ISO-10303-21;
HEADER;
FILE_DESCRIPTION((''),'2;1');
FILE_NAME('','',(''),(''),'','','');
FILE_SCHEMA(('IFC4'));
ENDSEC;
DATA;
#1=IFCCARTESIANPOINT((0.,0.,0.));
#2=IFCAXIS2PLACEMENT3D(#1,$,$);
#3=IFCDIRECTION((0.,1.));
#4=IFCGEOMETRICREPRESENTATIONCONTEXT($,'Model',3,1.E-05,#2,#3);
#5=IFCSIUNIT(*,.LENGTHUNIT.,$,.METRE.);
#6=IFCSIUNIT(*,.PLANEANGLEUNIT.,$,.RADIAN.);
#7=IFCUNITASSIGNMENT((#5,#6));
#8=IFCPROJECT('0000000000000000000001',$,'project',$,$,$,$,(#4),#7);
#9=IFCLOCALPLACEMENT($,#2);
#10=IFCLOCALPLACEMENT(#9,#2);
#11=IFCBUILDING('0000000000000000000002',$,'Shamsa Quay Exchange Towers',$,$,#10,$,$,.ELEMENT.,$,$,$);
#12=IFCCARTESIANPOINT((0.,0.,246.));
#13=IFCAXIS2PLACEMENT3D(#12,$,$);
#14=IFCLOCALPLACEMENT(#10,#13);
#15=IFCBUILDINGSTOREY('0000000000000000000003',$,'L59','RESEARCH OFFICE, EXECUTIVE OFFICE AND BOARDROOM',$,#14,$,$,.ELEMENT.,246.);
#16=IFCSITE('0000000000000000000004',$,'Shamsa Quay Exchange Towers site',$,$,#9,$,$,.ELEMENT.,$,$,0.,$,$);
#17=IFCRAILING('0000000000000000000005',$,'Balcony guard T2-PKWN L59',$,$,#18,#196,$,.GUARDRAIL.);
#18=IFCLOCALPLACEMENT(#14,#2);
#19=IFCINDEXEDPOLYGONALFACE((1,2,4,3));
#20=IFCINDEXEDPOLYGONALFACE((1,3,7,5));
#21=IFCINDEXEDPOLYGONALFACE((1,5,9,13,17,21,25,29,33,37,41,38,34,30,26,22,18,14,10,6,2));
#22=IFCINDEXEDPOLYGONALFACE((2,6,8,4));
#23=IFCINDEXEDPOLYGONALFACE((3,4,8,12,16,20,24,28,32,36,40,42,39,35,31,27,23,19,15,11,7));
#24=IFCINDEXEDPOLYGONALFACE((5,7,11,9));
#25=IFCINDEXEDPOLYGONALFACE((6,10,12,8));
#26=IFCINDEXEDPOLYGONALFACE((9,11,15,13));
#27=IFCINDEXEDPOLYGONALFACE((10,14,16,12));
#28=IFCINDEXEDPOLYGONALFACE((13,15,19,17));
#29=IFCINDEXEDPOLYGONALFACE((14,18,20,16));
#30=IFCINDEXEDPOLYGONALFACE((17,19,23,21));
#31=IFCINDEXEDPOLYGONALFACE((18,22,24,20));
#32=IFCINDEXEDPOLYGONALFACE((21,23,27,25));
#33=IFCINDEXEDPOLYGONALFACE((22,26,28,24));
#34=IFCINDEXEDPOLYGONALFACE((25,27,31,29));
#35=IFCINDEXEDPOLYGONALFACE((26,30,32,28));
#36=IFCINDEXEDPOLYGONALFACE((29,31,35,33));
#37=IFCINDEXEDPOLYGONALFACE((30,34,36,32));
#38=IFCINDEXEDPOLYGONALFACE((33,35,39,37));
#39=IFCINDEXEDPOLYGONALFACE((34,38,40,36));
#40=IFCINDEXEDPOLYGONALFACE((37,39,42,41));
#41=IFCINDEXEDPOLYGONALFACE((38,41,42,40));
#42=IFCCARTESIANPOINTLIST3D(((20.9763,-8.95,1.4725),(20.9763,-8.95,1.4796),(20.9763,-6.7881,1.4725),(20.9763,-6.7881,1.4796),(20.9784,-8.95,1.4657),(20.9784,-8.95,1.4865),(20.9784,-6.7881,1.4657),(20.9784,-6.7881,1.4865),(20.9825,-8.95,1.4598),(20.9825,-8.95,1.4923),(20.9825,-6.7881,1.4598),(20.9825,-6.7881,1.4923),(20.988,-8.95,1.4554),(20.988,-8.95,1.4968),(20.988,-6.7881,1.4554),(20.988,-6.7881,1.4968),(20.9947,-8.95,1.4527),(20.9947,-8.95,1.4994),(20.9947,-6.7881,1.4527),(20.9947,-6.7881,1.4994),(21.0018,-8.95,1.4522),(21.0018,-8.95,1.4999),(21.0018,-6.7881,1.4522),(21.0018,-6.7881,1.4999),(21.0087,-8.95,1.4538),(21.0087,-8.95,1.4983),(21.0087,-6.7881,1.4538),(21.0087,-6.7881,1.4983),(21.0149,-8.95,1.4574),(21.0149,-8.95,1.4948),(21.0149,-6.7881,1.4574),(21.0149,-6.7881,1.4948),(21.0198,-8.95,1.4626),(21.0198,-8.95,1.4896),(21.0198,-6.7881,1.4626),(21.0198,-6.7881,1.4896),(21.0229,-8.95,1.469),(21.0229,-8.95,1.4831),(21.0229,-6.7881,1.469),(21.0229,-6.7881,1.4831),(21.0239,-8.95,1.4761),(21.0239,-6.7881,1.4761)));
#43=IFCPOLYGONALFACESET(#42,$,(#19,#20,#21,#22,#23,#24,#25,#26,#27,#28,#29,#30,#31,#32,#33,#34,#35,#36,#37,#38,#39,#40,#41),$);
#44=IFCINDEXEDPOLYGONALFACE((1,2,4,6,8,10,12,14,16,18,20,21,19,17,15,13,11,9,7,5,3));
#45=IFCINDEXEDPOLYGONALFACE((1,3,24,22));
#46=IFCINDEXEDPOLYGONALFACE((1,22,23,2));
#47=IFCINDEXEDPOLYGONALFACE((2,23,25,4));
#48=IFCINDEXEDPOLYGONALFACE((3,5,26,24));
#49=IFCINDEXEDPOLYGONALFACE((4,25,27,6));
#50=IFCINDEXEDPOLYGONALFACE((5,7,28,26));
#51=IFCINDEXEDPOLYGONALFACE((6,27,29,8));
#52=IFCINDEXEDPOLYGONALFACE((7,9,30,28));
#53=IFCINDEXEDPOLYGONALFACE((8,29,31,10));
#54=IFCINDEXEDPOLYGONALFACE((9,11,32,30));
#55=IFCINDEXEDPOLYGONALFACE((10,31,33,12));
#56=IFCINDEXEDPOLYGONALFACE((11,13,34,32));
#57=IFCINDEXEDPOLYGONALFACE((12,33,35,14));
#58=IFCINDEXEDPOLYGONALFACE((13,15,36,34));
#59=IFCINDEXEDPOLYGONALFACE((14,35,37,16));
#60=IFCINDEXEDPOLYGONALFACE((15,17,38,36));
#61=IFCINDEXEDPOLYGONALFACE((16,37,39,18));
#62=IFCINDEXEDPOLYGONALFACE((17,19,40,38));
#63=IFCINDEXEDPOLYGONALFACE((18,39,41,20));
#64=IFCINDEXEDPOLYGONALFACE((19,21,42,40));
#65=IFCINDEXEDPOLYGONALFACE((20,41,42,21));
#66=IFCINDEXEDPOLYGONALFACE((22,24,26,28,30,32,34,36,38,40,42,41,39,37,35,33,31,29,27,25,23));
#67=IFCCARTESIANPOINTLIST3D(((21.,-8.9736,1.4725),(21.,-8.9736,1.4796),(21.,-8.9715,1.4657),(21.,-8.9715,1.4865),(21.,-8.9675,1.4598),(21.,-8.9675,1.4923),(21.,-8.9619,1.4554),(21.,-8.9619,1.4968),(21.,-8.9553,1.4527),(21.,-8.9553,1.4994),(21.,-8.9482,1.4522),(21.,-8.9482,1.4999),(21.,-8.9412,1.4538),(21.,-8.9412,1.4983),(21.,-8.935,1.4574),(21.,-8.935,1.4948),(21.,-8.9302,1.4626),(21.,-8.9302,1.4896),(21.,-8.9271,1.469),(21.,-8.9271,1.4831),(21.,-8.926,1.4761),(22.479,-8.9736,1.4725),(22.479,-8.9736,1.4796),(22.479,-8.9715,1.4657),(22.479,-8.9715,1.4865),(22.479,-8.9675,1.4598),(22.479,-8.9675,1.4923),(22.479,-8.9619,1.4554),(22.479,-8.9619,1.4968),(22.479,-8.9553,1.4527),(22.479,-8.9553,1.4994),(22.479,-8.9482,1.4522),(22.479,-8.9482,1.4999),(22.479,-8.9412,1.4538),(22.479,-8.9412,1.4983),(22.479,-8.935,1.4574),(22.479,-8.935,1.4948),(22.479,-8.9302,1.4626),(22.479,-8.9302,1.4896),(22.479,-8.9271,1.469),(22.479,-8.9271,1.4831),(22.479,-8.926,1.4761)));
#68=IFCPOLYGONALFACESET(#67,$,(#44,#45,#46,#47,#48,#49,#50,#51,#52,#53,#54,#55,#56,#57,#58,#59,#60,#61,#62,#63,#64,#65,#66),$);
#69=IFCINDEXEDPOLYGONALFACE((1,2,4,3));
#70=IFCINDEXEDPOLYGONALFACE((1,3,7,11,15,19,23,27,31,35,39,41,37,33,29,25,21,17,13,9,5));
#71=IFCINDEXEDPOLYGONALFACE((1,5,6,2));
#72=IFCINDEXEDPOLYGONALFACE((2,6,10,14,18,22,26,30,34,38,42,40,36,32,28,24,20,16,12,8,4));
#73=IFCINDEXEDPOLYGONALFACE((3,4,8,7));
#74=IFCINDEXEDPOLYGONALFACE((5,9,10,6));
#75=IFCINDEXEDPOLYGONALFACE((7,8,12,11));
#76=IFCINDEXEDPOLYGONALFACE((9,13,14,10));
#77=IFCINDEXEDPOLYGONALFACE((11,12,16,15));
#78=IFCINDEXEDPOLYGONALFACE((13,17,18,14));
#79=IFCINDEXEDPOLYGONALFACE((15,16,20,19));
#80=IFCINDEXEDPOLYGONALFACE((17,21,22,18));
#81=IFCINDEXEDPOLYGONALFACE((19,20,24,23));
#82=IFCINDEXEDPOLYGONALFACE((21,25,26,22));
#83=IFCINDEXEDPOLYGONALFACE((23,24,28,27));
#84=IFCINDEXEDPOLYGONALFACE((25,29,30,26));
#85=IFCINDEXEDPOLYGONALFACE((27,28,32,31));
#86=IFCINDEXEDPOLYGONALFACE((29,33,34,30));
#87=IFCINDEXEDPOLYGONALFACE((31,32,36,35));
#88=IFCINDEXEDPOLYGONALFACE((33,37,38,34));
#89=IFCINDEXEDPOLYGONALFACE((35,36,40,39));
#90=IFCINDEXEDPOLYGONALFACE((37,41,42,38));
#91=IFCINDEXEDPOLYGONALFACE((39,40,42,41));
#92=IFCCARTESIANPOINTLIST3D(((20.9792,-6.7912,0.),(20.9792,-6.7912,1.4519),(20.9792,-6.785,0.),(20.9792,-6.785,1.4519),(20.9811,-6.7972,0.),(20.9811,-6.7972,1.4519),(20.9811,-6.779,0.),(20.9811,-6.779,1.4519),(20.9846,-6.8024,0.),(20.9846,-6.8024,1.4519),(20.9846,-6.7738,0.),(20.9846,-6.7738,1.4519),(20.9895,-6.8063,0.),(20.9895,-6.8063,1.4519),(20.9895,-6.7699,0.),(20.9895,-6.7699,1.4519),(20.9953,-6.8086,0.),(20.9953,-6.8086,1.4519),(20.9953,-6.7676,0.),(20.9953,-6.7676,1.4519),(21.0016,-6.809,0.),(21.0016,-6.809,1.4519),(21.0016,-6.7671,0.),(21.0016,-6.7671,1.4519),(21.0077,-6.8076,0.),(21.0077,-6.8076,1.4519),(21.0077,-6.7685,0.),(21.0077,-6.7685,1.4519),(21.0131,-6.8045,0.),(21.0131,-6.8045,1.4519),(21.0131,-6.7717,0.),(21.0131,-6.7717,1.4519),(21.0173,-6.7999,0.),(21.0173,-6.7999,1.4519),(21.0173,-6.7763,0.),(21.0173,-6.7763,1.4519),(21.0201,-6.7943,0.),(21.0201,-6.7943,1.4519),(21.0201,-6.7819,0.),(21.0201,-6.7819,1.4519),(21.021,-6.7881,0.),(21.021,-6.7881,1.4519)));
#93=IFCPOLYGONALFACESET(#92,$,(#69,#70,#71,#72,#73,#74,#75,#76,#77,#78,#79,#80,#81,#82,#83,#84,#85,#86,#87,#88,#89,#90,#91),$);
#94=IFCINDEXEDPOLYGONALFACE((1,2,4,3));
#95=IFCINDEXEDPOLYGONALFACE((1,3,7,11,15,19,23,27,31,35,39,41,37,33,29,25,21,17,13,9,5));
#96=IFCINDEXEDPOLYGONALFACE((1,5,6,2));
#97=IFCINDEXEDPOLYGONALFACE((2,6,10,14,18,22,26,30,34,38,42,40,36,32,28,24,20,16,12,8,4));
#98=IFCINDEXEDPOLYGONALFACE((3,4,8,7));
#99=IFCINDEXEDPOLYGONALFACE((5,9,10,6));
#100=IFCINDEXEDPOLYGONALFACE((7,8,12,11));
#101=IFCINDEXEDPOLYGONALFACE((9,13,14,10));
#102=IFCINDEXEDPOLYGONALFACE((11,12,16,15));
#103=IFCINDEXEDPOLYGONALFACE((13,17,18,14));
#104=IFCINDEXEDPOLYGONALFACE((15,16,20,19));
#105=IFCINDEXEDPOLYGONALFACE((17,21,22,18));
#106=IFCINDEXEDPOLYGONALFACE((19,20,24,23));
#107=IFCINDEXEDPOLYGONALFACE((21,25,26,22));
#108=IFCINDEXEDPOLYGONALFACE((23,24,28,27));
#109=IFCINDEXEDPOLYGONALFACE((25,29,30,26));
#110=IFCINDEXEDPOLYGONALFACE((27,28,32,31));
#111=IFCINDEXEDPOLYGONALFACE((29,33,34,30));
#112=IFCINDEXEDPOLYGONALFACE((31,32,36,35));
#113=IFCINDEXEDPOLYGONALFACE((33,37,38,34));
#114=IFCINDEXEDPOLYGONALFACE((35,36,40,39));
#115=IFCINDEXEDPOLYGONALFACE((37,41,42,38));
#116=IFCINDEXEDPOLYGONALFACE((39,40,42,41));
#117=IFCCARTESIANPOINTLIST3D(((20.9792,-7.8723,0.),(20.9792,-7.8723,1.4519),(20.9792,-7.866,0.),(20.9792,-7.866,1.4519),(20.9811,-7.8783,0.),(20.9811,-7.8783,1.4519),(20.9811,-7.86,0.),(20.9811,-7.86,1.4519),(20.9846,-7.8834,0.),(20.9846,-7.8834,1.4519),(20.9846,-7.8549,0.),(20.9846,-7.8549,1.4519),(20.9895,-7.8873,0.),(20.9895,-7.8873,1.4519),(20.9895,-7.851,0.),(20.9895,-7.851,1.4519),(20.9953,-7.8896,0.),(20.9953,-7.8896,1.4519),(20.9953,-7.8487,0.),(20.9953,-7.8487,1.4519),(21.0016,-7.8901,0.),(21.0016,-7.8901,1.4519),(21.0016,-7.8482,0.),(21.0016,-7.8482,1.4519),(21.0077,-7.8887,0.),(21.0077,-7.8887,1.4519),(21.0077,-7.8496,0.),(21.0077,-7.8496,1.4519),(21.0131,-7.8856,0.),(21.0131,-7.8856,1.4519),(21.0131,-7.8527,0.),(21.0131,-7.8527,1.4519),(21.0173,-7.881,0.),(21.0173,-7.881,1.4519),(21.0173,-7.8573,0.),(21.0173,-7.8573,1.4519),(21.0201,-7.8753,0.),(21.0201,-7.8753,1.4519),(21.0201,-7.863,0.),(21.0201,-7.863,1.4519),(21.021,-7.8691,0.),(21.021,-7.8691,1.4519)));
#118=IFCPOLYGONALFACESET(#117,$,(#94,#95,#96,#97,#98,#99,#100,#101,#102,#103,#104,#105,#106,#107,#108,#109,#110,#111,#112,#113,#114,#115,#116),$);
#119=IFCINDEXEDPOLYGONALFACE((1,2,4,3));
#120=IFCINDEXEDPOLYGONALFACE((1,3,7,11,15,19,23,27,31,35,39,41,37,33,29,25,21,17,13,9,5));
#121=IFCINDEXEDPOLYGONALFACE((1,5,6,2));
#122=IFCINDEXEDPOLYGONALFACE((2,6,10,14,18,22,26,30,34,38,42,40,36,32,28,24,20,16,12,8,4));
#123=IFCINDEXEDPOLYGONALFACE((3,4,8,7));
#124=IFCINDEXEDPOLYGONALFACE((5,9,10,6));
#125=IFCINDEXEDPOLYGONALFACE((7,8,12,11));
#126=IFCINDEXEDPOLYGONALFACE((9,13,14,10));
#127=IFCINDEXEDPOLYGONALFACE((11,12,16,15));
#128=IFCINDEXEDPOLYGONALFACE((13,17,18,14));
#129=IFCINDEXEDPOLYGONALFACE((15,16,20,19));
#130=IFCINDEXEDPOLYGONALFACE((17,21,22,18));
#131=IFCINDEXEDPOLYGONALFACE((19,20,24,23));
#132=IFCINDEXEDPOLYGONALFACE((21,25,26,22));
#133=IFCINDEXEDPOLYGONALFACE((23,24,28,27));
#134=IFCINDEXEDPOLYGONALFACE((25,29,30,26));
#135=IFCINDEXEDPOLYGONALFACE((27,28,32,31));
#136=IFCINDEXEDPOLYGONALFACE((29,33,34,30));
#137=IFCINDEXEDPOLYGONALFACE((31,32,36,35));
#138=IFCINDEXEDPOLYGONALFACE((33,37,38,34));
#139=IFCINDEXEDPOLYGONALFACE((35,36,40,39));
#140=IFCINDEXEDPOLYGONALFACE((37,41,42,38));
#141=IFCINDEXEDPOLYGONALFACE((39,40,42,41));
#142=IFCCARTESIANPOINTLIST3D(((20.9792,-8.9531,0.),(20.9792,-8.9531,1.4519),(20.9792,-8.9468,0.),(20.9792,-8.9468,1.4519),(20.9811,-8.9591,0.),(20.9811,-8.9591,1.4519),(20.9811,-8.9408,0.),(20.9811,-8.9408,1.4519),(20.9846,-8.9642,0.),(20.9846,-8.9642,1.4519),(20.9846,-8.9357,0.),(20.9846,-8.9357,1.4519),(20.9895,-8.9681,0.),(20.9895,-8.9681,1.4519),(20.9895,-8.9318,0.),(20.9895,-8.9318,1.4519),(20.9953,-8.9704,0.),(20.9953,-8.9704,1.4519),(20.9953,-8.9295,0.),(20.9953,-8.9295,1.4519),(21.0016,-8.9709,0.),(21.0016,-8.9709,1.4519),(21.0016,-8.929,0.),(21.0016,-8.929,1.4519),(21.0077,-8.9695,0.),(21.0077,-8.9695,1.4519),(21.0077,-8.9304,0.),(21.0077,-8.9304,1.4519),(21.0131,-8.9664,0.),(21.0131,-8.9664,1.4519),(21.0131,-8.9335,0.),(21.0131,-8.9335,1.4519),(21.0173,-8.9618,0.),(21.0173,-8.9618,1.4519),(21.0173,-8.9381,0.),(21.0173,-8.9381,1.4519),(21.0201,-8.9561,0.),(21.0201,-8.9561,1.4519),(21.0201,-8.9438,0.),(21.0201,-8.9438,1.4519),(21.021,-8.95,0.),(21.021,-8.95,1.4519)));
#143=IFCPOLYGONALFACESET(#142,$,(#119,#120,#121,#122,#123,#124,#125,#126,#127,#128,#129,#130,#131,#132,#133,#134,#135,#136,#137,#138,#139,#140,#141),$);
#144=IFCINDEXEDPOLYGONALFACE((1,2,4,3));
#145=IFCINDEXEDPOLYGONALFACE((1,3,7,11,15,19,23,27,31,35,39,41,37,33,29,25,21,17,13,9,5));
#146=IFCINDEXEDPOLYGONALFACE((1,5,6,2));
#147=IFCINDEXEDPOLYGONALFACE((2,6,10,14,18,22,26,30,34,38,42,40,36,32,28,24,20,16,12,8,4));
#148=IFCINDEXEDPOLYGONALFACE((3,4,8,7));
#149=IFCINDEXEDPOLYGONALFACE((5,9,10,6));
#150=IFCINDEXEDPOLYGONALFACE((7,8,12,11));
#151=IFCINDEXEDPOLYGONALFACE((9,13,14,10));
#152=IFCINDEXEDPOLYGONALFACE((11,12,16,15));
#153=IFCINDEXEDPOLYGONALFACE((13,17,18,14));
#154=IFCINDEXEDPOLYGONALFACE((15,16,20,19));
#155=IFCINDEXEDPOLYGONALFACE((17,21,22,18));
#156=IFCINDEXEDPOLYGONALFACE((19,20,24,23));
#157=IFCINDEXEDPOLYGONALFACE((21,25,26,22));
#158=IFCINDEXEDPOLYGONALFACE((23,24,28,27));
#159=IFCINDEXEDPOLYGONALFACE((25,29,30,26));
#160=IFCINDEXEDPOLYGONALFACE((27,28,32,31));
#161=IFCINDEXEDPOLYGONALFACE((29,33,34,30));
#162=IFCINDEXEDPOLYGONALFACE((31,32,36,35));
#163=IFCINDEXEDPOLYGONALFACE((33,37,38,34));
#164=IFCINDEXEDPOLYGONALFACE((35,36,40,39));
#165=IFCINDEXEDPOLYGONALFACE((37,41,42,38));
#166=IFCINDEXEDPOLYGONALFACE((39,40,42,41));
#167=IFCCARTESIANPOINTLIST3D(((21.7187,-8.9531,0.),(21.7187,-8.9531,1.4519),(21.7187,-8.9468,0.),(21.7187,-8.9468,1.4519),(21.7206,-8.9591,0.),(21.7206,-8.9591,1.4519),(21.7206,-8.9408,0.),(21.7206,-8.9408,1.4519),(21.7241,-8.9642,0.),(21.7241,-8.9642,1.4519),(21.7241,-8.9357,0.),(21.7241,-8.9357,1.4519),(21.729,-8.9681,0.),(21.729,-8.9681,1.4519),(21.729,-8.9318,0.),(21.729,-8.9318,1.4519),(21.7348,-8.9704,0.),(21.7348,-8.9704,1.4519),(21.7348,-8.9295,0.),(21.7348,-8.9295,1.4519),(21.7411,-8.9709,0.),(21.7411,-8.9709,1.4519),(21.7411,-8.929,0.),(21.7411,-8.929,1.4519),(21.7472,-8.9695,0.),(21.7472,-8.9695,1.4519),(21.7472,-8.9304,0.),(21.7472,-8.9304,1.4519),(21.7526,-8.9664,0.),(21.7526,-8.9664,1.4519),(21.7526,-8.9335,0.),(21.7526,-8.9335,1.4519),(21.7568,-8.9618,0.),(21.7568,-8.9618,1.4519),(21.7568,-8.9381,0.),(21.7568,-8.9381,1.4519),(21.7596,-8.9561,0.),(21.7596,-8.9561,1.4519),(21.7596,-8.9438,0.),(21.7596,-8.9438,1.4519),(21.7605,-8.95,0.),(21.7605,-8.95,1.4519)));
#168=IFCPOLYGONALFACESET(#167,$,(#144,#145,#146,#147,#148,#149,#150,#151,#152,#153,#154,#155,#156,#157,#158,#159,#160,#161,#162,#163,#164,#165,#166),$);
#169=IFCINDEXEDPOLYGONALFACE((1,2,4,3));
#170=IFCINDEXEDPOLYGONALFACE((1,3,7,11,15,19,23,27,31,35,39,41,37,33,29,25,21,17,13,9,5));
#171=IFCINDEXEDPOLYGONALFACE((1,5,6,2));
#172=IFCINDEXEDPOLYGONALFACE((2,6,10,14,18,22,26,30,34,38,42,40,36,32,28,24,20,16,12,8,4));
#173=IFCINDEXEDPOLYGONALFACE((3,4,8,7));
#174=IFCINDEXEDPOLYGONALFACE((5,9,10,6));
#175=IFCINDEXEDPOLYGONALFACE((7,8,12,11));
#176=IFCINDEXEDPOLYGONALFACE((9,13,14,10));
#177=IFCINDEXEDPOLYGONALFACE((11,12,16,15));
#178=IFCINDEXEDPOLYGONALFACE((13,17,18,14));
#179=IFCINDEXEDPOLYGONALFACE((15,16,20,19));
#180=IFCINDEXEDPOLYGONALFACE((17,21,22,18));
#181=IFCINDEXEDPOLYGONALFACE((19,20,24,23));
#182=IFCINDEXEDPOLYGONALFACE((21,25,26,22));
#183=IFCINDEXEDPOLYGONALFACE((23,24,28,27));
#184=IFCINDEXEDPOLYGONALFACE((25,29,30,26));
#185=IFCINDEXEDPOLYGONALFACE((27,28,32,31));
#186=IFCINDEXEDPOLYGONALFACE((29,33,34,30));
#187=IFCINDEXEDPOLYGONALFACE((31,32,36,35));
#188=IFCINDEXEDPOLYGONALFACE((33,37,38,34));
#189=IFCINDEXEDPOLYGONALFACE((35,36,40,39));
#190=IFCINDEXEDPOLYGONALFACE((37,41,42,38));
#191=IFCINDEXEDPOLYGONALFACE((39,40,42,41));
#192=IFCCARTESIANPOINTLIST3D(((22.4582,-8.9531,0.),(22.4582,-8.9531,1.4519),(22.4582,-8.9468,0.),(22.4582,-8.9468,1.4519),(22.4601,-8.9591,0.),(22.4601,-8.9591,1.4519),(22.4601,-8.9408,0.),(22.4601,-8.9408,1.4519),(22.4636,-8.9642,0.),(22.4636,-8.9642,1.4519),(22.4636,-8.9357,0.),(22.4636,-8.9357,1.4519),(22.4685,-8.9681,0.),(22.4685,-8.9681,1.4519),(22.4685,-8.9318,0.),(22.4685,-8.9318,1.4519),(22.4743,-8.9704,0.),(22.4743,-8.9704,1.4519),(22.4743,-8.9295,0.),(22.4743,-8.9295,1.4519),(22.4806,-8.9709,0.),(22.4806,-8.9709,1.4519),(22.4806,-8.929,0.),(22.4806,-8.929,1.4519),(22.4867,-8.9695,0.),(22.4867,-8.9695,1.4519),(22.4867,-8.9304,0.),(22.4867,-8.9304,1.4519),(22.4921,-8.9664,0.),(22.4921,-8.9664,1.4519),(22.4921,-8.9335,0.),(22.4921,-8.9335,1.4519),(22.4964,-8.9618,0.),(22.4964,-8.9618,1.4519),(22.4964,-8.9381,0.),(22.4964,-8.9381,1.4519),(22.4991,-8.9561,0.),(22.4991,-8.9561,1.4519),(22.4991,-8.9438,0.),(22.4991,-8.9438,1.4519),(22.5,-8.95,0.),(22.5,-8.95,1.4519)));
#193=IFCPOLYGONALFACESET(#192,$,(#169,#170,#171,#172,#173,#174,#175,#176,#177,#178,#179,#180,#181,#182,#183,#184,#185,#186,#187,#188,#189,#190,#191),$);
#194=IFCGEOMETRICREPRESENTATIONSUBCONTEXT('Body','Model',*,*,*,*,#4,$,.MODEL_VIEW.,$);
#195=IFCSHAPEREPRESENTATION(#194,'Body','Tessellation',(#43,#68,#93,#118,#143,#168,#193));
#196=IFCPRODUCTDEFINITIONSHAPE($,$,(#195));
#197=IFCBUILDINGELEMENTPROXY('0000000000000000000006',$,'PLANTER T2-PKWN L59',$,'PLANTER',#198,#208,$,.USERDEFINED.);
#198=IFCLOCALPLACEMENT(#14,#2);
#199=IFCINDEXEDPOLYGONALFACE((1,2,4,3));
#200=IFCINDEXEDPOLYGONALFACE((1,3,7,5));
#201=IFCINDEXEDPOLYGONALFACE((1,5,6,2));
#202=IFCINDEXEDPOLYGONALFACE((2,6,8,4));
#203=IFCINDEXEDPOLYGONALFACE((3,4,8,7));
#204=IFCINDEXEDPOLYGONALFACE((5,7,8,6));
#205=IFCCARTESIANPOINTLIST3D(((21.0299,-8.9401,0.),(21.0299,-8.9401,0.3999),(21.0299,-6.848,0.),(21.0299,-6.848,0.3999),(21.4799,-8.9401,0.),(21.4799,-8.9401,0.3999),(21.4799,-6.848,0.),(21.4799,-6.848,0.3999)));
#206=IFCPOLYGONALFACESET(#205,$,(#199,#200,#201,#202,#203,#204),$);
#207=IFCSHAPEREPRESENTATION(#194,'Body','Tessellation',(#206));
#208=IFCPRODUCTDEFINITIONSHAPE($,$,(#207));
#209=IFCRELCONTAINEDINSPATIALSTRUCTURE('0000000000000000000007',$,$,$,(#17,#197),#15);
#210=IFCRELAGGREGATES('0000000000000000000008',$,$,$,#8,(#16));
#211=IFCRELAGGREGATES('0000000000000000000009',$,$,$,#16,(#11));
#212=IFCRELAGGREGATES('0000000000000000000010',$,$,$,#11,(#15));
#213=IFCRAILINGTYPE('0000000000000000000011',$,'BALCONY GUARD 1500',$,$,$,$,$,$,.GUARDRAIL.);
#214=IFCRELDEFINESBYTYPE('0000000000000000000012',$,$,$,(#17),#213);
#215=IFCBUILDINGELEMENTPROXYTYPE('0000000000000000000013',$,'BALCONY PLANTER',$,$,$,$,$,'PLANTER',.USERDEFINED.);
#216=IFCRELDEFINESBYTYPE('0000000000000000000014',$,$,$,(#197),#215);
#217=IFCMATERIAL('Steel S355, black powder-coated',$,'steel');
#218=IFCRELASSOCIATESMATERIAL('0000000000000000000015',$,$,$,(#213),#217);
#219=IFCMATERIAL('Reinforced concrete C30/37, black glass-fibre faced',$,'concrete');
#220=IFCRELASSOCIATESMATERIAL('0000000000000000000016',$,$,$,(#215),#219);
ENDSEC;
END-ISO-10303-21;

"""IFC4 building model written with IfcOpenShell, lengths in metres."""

from ifc_helpers import new_model, si_unit, direction, frame, origin, origin_2d, place, context, subcontext, project, spatial, rectangle, circle, extrude, material, type_object, element, save


model = new_model("IFC4")

# Units and contexts
model_context = context("Model", 3, precision=1e-05, world=origin(), true_north=direction((0.0, 1.0)))
body_context = subcontext(model_context, "Body", "Model", "MODEL_VIEW")
ifc_project = project(units=[si_unit("LENGTHUNIT", "METRE"), si_unit("PLANEANGLEUNIT", "RADIAN")], contexts=[model_context])

# Site, building, storey
site_placement = place(None, origin())
site = spatial("IfcSite", under=ifc_project, at=site_placement, Name="Shamsa Quay Exchange Towers site", CompositionType="ELEMENT", RefElevation=0.0)
building_placement = place(site_placement, origin())
building = spatial("IfcBuilding", under=site, at=building_placement, Name="Shamsa Quay Exchange Towers", CompositionType="ELEMENT")
storey_placement = place(building_placement, frame((0.0, 0.0, 246.0)))
storey = spatial("IfcBuildingStorey", under=building, at=storey_placement, Name="L59", Description="RESEARCH OFFICE, EXECUTIVE OFFICE AND BOARDROOM", CompositionType="ELEMENT", Elevation=246.0)

# Railing
ifc_material_1 = material(Name="Steel S355, black powder-coated", Category="steel")
railing_type_1 = type_object("IfcRailingType", Name="BALCONY GUARD 1500", PredefinedType="GUARDRAIL", material=ifc_material_1)
railing_1_placement = place(storey_placement, frame((21.0, -6.7881, 0.0)))
element("IfcRailing", 1, at=railing_1_placement, inside=storey, type_object=railing_type_1, Name="Balcony guard T2-PKWN L59", PredefinedType="GUARDRAIL", context=body_context, shape_type="SweptSolid", body=[
    extrude(circle(Radius=0.0239, at=origin_2d()), frame((0.0, 0.0, 1.4761), z_axis=(0.0, -1.0, 0.0), x_axis=(1.0, 0.0, 0.0)), (0.0, 0.0, 1.0), 2.1619),
    extrude(circle(Radius=0.0239, at=origin_2d()), frame((0.0, -2.1619, 1.4761), z_axis=(1.0, 0.0, 0.0), x_axis=(0.0, 1.0, 0.0)), (0.0, 0.0, 1.0), 1.479),
    extrude(circle(Radius=0.021, at=origin_2d()), origin(), (0.0, 0.0, 1.0), 1.4519),
    extrude(circle(Radius=0.021, at=origin_2d()), frame((0.0, -1.0811, 0.0)), (0.0, 0.0, 1.0), 1.4519),
    extrude(circle(Radius=0.021, at=origin_2d()), frame((0.0, -2.1619, 0.0)), (0.0, 0.0, 1.0), 1.4519),
    extrude(circle(Radius=0.021, at=origin_2d()), frame((0.7395, -2.1619, 0.0)), (0.0, 0.0, 1.0), 1.4519),
    extrude(circle(Radius=0.021, at=origin_2d()), frame((1.479, -2.1619, 0.0)), (0.0, 0.0, 1.0), 1.4519),
])

# Building element proxy
ifc_material_2 = material(Name="Reinforced concrete C30/37, black glass-fibre faced", Category="concrete")
building_element_proxy_type = type_object("IfcBuildingElementProxyType", Name="BALCONY PLANTER", ElementType="PLANTER", PredefinedType="USERDEFINED", material=ifc_material_2)
proxy_placement = place(storey_placement, frame((21.2549, -7.894, 0.0), z_axis=(0.0, 0.0, 1.0), x_axis=(0.0, -1.0, 0.0)))
element("IfcBuildingElementProxy", 2, at=proxy_placement, inside=storey, type_object=building_element_proxy_type, Name="PLANTER T2-PKWN L59", ObjectType="PLANTER", PredefinedType="USERDEFINED", context=body_context, shape_type="SweptSolid", body=[
    extrude(rectangle(XDim=2.092, YDim=0.45, at=origin_2d()), origin(), (0.0, 0.0, 1.0), 0.3999),
])

save(model, "model.ifc")
